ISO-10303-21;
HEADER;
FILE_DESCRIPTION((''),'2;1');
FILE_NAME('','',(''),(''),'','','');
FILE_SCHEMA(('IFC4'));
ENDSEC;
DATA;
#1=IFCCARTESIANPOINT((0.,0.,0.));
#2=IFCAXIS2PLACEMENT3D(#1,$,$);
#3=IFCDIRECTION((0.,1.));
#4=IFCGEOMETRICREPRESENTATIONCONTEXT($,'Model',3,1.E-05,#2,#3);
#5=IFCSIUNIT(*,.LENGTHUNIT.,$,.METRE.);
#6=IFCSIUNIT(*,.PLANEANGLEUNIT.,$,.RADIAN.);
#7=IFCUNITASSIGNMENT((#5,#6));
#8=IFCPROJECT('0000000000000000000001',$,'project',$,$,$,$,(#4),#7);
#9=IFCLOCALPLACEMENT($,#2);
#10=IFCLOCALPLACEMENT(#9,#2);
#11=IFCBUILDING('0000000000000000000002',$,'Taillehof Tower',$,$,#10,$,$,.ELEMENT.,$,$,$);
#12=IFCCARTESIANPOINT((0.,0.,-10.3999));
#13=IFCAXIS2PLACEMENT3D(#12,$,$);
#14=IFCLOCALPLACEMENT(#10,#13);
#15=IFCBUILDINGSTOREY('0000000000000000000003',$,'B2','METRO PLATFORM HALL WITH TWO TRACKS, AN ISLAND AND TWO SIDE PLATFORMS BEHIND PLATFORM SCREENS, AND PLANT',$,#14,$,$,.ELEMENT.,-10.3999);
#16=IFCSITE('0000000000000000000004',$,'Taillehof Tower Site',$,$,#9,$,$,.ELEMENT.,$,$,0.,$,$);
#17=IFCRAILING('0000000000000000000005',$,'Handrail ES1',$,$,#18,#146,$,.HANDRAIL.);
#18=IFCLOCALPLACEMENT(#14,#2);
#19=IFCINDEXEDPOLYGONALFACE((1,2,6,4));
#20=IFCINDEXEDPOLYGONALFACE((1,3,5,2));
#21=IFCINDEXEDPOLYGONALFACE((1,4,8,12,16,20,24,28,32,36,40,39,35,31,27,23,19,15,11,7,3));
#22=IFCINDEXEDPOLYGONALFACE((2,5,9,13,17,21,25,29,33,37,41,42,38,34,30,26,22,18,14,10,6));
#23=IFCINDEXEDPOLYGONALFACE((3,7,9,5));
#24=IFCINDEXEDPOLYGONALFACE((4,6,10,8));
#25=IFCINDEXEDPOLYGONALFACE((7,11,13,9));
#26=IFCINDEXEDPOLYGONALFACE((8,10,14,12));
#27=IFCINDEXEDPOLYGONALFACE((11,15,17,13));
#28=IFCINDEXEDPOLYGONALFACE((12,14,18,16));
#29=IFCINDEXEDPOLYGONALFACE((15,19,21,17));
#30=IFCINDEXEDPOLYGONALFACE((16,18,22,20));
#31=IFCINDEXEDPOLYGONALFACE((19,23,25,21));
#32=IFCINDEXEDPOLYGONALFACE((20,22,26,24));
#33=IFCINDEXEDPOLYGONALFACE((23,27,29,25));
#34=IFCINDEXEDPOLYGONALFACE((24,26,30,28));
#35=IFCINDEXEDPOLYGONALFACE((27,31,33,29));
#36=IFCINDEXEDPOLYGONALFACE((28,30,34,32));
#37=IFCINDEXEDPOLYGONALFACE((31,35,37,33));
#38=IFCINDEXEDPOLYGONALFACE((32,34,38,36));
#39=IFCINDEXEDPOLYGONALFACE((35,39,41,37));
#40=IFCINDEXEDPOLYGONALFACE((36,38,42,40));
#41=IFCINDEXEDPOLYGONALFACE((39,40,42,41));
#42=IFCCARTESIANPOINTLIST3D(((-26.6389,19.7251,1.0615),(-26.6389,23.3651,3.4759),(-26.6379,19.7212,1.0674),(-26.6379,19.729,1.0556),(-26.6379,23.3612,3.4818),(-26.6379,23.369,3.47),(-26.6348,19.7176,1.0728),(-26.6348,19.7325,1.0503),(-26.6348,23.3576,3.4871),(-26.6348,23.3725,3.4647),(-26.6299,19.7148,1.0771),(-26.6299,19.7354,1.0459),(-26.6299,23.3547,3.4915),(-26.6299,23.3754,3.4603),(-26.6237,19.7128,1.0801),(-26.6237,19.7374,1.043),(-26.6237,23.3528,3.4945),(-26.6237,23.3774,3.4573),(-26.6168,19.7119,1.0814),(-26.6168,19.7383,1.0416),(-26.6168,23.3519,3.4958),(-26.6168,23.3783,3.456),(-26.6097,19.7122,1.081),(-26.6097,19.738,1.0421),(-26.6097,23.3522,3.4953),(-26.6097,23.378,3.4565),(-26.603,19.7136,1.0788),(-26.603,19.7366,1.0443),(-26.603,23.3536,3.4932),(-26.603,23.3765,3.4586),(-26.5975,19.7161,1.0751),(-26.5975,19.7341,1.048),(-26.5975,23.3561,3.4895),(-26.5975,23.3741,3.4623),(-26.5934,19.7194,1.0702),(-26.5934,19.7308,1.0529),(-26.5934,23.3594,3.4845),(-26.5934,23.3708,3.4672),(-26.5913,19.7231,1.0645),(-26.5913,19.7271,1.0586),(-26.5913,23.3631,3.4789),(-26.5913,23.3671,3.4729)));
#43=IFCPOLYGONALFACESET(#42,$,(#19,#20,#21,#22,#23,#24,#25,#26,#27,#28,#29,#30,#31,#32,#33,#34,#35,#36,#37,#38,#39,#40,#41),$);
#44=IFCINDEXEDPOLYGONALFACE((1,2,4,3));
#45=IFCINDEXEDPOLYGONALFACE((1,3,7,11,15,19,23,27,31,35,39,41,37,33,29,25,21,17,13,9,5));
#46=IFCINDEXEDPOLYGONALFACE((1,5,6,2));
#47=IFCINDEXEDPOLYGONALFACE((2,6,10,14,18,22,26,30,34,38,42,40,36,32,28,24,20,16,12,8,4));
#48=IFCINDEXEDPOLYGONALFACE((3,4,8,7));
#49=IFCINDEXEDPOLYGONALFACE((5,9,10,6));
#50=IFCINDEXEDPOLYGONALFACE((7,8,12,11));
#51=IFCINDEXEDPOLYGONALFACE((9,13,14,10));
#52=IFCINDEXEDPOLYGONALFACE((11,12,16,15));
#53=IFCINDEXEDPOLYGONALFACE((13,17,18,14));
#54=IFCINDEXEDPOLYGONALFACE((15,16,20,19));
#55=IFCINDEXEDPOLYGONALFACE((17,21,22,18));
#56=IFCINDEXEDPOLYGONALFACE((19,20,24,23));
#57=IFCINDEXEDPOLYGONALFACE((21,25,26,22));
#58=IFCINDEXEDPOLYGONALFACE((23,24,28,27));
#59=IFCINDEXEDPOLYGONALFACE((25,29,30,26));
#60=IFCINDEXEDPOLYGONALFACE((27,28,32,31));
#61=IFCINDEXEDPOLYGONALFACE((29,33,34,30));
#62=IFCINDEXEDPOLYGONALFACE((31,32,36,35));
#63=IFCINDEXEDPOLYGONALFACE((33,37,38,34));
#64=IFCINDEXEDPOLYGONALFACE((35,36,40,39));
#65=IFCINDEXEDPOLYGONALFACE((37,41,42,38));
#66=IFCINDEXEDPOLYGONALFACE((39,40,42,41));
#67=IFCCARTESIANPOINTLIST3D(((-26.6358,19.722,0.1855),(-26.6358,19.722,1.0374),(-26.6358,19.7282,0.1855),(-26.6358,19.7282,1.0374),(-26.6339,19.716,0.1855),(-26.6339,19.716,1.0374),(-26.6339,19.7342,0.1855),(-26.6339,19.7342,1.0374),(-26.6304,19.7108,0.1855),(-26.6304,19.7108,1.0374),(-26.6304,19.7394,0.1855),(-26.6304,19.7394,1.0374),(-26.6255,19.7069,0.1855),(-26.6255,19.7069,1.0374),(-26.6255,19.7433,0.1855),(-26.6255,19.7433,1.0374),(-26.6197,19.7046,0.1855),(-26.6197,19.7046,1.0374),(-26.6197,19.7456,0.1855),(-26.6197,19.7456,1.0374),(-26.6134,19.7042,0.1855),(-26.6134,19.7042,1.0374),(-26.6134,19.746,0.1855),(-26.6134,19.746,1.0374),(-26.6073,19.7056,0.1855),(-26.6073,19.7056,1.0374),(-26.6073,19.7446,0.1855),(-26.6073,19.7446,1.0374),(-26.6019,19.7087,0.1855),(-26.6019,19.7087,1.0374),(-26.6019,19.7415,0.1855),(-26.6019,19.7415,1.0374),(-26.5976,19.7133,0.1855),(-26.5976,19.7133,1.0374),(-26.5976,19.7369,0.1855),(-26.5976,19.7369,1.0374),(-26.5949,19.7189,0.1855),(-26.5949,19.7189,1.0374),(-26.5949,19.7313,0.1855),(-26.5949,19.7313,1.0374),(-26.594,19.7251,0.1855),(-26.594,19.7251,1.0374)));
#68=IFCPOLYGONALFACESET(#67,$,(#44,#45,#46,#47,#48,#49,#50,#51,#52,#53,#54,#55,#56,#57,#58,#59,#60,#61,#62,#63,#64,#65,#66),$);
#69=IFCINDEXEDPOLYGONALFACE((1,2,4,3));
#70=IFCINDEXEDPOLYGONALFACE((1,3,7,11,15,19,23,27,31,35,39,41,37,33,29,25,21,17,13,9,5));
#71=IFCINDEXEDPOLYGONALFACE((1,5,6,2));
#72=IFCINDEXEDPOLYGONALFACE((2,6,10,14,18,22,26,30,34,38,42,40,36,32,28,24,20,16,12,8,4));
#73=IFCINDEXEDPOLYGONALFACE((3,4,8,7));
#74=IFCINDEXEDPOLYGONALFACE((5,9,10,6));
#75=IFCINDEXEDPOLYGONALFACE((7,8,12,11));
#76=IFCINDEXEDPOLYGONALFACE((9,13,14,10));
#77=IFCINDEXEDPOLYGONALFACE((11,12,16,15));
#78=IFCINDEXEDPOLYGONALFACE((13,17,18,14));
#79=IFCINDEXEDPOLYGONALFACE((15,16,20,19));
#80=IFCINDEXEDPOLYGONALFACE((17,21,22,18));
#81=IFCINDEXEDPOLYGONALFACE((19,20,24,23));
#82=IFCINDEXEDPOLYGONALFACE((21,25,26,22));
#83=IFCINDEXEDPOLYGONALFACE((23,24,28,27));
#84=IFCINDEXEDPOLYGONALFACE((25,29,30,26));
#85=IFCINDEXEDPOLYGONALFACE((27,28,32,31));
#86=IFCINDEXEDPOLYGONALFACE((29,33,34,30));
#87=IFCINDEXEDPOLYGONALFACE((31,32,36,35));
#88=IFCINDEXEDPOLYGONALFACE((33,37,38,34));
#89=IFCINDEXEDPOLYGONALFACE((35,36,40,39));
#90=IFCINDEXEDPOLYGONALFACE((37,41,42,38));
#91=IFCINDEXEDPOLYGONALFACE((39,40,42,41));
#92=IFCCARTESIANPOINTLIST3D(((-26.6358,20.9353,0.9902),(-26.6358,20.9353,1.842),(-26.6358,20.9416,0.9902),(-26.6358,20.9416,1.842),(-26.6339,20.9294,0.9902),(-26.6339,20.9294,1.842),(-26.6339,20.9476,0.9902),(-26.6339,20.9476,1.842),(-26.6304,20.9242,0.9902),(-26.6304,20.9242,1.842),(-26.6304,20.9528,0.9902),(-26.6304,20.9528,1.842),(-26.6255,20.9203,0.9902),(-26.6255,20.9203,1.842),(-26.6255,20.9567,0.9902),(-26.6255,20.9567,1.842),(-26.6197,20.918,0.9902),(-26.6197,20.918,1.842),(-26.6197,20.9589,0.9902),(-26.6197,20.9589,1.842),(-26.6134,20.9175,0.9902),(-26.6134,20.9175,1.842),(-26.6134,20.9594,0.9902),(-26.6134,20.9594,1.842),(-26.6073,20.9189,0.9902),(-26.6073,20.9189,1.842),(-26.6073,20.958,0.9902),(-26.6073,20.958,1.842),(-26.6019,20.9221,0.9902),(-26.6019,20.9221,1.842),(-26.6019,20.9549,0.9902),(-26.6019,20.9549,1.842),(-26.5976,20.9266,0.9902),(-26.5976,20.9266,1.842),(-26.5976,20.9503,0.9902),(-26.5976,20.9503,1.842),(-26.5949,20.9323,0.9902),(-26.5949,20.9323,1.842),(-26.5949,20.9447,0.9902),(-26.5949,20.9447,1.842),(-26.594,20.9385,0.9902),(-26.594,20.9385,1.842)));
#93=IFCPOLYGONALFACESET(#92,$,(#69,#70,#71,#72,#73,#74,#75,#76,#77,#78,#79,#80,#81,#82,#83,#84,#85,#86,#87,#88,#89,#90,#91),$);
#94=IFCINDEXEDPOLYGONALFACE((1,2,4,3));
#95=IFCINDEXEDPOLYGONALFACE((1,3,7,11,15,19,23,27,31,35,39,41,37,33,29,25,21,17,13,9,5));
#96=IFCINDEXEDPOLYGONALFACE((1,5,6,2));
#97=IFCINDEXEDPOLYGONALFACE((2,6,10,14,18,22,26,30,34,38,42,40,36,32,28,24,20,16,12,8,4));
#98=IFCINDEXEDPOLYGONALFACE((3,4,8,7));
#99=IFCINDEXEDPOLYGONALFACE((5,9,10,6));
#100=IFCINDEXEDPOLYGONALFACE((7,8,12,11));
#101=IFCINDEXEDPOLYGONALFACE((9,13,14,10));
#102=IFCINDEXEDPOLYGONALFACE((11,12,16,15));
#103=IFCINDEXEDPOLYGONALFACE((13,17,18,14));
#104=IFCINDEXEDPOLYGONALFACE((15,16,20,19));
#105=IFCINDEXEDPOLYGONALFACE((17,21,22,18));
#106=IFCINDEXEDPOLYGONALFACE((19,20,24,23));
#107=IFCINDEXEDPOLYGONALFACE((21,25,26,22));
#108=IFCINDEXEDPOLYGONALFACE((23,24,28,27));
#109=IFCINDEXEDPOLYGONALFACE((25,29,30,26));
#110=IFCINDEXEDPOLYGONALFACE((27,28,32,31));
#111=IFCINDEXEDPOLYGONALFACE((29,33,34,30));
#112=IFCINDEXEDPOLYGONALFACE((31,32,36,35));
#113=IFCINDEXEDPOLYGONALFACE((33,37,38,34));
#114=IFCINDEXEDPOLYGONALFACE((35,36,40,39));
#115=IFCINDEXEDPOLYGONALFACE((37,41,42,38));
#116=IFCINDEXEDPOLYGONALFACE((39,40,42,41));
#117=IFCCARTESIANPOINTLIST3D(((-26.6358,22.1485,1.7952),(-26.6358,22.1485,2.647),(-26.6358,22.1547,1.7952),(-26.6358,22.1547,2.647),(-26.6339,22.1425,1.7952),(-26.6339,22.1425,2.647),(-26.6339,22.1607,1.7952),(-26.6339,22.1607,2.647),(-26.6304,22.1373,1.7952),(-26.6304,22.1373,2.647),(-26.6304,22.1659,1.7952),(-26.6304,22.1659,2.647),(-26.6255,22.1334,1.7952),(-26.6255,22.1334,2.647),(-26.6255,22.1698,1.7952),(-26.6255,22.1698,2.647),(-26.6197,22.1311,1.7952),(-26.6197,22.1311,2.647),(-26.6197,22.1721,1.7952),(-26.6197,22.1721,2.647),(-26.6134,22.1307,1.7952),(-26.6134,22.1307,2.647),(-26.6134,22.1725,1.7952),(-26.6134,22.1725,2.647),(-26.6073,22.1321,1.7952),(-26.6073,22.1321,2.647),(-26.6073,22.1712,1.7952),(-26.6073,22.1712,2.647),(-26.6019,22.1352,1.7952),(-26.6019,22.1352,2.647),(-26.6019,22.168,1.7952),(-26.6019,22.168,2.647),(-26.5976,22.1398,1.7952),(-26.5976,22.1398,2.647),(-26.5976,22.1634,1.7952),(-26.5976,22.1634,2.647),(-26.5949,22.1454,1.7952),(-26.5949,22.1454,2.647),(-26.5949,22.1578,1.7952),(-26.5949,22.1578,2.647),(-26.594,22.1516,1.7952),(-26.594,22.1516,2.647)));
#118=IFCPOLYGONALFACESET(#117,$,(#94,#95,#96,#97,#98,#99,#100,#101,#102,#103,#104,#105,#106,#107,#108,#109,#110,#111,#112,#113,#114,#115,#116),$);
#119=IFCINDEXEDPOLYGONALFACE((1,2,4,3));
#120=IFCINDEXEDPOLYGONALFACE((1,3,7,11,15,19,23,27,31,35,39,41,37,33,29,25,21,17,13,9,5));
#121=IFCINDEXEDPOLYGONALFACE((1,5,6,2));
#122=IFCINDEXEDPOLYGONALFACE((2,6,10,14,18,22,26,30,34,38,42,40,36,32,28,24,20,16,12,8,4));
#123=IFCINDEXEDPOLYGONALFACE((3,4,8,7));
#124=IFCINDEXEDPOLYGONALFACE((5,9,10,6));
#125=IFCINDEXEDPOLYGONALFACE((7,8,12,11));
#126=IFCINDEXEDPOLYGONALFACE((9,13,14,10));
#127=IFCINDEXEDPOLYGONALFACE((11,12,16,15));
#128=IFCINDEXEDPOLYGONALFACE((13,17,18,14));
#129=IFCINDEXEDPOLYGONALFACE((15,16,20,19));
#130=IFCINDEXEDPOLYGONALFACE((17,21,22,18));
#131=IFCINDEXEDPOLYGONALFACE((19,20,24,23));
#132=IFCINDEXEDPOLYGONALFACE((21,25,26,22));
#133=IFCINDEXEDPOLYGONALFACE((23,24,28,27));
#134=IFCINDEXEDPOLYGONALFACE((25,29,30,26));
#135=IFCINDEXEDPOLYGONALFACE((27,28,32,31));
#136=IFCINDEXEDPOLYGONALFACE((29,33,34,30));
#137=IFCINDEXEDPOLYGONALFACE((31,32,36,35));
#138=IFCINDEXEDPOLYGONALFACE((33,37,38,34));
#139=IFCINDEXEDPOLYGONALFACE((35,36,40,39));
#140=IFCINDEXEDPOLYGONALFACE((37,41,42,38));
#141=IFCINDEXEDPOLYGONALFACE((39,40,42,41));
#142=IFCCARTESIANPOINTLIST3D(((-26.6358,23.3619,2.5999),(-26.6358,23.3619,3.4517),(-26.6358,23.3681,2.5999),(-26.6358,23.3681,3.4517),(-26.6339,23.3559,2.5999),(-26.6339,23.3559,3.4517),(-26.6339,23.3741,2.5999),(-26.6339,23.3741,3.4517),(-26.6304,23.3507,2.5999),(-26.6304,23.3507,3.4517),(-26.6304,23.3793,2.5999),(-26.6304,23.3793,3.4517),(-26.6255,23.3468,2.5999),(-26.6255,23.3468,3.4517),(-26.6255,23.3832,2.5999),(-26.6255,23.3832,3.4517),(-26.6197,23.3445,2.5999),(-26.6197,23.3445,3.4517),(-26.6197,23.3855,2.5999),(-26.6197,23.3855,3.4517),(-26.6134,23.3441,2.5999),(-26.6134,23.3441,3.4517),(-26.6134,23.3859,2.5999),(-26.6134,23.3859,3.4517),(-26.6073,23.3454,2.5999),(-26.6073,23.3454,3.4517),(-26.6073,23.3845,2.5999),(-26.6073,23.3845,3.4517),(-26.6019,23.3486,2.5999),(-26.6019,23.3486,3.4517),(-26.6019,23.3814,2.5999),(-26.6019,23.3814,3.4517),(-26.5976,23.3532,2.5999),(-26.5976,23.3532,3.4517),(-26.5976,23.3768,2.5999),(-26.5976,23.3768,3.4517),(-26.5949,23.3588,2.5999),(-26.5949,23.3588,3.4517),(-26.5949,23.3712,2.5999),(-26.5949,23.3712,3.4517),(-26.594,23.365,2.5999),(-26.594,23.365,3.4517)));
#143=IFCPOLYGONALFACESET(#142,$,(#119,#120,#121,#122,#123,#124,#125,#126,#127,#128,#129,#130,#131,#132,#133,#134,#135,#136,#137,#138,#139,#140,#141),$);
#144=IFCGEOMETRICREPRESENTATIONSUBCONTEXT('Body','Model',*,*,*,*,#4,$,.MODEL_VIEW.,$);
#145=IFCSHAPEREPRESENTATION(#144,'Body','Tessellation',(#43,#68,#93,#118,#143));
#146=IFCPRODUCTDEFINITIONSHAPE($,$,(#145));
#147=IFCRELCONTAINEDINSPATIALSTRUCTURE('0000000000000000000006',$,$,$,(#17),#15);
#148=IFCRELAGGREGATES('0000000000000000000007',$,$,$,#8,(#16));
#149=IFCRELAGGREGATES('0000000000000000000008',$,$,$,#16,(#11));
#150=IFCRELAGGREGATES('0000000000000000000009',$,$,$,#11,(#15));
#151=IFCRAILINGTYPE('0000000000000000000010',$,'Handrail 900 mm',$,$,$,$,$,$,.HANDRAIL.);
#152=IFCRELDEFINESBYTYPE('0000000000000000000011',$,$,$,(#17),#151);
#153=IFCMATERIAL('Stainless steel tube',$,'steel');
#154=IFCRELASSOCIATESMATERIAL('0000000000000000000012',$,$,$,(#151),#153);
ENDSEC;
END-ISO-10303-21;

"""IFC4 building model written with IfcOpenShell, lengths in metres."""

from ifc_helpers import new_model, si_unit, direction, frame, origin, origin_2d, place, context, subcontext, project, spatial, circle, extrude, material, type_object, element, save


model = new_model("IFC4")

# Units and contexts
model_context = context("Model", 3, precision=1e-05, world=origin(), true_north=direction((0.0, 1.0)))
body_context = subcontext(model_context, "Body", "Model", "MODEL_VIEW")
ifc_project = project(units=[si_unit("LENGTHUNIT", "METRE"), si_unit("PLANEANGLEUNIT", "RADIAN")], contexts=[model_context])

# Site, building, storey
site_placement = place(None, origin())
site = spatial("IfcSite", under=ifc_project, at=site_placement, Name="Taillehof Tower Site", CompositionType="ELEMENT", RefElevation=0.0)
building_placement = place(site_placement, origin())
building = spatial("IfcBuilding", under=site, at=building_placement, Name="Taillehof Tower", CompositionType="ELEMENT")
storey_placement = place(building_placement, frame((0.0, 0.0, -10.3999)))
storey = spatial("IfcBuildingStorey", under=building, at=storey_placement, Name="B2", Description="METRO PLATFORM HALL WITH TWO TRACKS, AN ISLAND AND TWO SIDE PLATFORMS BEHIND PLATFORM SCREENS, AND PLANT", CompositionType="ELEMENT", Elevation=-10.3999)

# Railing
ifc_material_1 = material(Name="Stainless steel tube", Category="steel")
railing_type = type_object("IfcRailingType", Name="Handrail 900 mm", PredefinedType="HANDRAIL", material=ifc_material_1)
for number, where, name in (
    (1, (-26.615, 19.7251, 0.1855), "Handrail ES1"),
):
    element("IfcRailing", number, at=place(storey_placement, frame(where)), inside=storey, type_object=railing_type, Name=name, PredefinedType="HANDRAIL", context=body_context, shape_type="SweptSolid", body=[
        extrude(circle(Radius=0.0239, at=origin_2d()), frame((0.0, 0.0, 0.876), z_axis=(0.0, 0.833347, 0.552751), x_axis=(-1.0, 0.0, 0.0)), (0.0, 0.0, 1.0), 4.3679),
        extrude(circle(Radius=0.021, at=origin_2d()), origin(), (0.0, 0.0, 1.0), 0.8518),
        extrude(circle(Radius=0.021, at=origin_2d()), frame((0.0, 1.2134, 0.8047)), (0.0, 0.0, 1.0), 0.8518),
        extrude(circle(Radius=0.021, at=origin_2d()), frame((0.0, 2.4265, 1.6096)), (0.0, 0.0, 1.0), 0.8518),
        extrude(circle(Radius=0.021, at=origin_2d()), frame((0.0, 3.6399, 2.4143)), (0.0, 0.0, 1.0), 0.8518),
    ])

save(model, "model.ifc")
